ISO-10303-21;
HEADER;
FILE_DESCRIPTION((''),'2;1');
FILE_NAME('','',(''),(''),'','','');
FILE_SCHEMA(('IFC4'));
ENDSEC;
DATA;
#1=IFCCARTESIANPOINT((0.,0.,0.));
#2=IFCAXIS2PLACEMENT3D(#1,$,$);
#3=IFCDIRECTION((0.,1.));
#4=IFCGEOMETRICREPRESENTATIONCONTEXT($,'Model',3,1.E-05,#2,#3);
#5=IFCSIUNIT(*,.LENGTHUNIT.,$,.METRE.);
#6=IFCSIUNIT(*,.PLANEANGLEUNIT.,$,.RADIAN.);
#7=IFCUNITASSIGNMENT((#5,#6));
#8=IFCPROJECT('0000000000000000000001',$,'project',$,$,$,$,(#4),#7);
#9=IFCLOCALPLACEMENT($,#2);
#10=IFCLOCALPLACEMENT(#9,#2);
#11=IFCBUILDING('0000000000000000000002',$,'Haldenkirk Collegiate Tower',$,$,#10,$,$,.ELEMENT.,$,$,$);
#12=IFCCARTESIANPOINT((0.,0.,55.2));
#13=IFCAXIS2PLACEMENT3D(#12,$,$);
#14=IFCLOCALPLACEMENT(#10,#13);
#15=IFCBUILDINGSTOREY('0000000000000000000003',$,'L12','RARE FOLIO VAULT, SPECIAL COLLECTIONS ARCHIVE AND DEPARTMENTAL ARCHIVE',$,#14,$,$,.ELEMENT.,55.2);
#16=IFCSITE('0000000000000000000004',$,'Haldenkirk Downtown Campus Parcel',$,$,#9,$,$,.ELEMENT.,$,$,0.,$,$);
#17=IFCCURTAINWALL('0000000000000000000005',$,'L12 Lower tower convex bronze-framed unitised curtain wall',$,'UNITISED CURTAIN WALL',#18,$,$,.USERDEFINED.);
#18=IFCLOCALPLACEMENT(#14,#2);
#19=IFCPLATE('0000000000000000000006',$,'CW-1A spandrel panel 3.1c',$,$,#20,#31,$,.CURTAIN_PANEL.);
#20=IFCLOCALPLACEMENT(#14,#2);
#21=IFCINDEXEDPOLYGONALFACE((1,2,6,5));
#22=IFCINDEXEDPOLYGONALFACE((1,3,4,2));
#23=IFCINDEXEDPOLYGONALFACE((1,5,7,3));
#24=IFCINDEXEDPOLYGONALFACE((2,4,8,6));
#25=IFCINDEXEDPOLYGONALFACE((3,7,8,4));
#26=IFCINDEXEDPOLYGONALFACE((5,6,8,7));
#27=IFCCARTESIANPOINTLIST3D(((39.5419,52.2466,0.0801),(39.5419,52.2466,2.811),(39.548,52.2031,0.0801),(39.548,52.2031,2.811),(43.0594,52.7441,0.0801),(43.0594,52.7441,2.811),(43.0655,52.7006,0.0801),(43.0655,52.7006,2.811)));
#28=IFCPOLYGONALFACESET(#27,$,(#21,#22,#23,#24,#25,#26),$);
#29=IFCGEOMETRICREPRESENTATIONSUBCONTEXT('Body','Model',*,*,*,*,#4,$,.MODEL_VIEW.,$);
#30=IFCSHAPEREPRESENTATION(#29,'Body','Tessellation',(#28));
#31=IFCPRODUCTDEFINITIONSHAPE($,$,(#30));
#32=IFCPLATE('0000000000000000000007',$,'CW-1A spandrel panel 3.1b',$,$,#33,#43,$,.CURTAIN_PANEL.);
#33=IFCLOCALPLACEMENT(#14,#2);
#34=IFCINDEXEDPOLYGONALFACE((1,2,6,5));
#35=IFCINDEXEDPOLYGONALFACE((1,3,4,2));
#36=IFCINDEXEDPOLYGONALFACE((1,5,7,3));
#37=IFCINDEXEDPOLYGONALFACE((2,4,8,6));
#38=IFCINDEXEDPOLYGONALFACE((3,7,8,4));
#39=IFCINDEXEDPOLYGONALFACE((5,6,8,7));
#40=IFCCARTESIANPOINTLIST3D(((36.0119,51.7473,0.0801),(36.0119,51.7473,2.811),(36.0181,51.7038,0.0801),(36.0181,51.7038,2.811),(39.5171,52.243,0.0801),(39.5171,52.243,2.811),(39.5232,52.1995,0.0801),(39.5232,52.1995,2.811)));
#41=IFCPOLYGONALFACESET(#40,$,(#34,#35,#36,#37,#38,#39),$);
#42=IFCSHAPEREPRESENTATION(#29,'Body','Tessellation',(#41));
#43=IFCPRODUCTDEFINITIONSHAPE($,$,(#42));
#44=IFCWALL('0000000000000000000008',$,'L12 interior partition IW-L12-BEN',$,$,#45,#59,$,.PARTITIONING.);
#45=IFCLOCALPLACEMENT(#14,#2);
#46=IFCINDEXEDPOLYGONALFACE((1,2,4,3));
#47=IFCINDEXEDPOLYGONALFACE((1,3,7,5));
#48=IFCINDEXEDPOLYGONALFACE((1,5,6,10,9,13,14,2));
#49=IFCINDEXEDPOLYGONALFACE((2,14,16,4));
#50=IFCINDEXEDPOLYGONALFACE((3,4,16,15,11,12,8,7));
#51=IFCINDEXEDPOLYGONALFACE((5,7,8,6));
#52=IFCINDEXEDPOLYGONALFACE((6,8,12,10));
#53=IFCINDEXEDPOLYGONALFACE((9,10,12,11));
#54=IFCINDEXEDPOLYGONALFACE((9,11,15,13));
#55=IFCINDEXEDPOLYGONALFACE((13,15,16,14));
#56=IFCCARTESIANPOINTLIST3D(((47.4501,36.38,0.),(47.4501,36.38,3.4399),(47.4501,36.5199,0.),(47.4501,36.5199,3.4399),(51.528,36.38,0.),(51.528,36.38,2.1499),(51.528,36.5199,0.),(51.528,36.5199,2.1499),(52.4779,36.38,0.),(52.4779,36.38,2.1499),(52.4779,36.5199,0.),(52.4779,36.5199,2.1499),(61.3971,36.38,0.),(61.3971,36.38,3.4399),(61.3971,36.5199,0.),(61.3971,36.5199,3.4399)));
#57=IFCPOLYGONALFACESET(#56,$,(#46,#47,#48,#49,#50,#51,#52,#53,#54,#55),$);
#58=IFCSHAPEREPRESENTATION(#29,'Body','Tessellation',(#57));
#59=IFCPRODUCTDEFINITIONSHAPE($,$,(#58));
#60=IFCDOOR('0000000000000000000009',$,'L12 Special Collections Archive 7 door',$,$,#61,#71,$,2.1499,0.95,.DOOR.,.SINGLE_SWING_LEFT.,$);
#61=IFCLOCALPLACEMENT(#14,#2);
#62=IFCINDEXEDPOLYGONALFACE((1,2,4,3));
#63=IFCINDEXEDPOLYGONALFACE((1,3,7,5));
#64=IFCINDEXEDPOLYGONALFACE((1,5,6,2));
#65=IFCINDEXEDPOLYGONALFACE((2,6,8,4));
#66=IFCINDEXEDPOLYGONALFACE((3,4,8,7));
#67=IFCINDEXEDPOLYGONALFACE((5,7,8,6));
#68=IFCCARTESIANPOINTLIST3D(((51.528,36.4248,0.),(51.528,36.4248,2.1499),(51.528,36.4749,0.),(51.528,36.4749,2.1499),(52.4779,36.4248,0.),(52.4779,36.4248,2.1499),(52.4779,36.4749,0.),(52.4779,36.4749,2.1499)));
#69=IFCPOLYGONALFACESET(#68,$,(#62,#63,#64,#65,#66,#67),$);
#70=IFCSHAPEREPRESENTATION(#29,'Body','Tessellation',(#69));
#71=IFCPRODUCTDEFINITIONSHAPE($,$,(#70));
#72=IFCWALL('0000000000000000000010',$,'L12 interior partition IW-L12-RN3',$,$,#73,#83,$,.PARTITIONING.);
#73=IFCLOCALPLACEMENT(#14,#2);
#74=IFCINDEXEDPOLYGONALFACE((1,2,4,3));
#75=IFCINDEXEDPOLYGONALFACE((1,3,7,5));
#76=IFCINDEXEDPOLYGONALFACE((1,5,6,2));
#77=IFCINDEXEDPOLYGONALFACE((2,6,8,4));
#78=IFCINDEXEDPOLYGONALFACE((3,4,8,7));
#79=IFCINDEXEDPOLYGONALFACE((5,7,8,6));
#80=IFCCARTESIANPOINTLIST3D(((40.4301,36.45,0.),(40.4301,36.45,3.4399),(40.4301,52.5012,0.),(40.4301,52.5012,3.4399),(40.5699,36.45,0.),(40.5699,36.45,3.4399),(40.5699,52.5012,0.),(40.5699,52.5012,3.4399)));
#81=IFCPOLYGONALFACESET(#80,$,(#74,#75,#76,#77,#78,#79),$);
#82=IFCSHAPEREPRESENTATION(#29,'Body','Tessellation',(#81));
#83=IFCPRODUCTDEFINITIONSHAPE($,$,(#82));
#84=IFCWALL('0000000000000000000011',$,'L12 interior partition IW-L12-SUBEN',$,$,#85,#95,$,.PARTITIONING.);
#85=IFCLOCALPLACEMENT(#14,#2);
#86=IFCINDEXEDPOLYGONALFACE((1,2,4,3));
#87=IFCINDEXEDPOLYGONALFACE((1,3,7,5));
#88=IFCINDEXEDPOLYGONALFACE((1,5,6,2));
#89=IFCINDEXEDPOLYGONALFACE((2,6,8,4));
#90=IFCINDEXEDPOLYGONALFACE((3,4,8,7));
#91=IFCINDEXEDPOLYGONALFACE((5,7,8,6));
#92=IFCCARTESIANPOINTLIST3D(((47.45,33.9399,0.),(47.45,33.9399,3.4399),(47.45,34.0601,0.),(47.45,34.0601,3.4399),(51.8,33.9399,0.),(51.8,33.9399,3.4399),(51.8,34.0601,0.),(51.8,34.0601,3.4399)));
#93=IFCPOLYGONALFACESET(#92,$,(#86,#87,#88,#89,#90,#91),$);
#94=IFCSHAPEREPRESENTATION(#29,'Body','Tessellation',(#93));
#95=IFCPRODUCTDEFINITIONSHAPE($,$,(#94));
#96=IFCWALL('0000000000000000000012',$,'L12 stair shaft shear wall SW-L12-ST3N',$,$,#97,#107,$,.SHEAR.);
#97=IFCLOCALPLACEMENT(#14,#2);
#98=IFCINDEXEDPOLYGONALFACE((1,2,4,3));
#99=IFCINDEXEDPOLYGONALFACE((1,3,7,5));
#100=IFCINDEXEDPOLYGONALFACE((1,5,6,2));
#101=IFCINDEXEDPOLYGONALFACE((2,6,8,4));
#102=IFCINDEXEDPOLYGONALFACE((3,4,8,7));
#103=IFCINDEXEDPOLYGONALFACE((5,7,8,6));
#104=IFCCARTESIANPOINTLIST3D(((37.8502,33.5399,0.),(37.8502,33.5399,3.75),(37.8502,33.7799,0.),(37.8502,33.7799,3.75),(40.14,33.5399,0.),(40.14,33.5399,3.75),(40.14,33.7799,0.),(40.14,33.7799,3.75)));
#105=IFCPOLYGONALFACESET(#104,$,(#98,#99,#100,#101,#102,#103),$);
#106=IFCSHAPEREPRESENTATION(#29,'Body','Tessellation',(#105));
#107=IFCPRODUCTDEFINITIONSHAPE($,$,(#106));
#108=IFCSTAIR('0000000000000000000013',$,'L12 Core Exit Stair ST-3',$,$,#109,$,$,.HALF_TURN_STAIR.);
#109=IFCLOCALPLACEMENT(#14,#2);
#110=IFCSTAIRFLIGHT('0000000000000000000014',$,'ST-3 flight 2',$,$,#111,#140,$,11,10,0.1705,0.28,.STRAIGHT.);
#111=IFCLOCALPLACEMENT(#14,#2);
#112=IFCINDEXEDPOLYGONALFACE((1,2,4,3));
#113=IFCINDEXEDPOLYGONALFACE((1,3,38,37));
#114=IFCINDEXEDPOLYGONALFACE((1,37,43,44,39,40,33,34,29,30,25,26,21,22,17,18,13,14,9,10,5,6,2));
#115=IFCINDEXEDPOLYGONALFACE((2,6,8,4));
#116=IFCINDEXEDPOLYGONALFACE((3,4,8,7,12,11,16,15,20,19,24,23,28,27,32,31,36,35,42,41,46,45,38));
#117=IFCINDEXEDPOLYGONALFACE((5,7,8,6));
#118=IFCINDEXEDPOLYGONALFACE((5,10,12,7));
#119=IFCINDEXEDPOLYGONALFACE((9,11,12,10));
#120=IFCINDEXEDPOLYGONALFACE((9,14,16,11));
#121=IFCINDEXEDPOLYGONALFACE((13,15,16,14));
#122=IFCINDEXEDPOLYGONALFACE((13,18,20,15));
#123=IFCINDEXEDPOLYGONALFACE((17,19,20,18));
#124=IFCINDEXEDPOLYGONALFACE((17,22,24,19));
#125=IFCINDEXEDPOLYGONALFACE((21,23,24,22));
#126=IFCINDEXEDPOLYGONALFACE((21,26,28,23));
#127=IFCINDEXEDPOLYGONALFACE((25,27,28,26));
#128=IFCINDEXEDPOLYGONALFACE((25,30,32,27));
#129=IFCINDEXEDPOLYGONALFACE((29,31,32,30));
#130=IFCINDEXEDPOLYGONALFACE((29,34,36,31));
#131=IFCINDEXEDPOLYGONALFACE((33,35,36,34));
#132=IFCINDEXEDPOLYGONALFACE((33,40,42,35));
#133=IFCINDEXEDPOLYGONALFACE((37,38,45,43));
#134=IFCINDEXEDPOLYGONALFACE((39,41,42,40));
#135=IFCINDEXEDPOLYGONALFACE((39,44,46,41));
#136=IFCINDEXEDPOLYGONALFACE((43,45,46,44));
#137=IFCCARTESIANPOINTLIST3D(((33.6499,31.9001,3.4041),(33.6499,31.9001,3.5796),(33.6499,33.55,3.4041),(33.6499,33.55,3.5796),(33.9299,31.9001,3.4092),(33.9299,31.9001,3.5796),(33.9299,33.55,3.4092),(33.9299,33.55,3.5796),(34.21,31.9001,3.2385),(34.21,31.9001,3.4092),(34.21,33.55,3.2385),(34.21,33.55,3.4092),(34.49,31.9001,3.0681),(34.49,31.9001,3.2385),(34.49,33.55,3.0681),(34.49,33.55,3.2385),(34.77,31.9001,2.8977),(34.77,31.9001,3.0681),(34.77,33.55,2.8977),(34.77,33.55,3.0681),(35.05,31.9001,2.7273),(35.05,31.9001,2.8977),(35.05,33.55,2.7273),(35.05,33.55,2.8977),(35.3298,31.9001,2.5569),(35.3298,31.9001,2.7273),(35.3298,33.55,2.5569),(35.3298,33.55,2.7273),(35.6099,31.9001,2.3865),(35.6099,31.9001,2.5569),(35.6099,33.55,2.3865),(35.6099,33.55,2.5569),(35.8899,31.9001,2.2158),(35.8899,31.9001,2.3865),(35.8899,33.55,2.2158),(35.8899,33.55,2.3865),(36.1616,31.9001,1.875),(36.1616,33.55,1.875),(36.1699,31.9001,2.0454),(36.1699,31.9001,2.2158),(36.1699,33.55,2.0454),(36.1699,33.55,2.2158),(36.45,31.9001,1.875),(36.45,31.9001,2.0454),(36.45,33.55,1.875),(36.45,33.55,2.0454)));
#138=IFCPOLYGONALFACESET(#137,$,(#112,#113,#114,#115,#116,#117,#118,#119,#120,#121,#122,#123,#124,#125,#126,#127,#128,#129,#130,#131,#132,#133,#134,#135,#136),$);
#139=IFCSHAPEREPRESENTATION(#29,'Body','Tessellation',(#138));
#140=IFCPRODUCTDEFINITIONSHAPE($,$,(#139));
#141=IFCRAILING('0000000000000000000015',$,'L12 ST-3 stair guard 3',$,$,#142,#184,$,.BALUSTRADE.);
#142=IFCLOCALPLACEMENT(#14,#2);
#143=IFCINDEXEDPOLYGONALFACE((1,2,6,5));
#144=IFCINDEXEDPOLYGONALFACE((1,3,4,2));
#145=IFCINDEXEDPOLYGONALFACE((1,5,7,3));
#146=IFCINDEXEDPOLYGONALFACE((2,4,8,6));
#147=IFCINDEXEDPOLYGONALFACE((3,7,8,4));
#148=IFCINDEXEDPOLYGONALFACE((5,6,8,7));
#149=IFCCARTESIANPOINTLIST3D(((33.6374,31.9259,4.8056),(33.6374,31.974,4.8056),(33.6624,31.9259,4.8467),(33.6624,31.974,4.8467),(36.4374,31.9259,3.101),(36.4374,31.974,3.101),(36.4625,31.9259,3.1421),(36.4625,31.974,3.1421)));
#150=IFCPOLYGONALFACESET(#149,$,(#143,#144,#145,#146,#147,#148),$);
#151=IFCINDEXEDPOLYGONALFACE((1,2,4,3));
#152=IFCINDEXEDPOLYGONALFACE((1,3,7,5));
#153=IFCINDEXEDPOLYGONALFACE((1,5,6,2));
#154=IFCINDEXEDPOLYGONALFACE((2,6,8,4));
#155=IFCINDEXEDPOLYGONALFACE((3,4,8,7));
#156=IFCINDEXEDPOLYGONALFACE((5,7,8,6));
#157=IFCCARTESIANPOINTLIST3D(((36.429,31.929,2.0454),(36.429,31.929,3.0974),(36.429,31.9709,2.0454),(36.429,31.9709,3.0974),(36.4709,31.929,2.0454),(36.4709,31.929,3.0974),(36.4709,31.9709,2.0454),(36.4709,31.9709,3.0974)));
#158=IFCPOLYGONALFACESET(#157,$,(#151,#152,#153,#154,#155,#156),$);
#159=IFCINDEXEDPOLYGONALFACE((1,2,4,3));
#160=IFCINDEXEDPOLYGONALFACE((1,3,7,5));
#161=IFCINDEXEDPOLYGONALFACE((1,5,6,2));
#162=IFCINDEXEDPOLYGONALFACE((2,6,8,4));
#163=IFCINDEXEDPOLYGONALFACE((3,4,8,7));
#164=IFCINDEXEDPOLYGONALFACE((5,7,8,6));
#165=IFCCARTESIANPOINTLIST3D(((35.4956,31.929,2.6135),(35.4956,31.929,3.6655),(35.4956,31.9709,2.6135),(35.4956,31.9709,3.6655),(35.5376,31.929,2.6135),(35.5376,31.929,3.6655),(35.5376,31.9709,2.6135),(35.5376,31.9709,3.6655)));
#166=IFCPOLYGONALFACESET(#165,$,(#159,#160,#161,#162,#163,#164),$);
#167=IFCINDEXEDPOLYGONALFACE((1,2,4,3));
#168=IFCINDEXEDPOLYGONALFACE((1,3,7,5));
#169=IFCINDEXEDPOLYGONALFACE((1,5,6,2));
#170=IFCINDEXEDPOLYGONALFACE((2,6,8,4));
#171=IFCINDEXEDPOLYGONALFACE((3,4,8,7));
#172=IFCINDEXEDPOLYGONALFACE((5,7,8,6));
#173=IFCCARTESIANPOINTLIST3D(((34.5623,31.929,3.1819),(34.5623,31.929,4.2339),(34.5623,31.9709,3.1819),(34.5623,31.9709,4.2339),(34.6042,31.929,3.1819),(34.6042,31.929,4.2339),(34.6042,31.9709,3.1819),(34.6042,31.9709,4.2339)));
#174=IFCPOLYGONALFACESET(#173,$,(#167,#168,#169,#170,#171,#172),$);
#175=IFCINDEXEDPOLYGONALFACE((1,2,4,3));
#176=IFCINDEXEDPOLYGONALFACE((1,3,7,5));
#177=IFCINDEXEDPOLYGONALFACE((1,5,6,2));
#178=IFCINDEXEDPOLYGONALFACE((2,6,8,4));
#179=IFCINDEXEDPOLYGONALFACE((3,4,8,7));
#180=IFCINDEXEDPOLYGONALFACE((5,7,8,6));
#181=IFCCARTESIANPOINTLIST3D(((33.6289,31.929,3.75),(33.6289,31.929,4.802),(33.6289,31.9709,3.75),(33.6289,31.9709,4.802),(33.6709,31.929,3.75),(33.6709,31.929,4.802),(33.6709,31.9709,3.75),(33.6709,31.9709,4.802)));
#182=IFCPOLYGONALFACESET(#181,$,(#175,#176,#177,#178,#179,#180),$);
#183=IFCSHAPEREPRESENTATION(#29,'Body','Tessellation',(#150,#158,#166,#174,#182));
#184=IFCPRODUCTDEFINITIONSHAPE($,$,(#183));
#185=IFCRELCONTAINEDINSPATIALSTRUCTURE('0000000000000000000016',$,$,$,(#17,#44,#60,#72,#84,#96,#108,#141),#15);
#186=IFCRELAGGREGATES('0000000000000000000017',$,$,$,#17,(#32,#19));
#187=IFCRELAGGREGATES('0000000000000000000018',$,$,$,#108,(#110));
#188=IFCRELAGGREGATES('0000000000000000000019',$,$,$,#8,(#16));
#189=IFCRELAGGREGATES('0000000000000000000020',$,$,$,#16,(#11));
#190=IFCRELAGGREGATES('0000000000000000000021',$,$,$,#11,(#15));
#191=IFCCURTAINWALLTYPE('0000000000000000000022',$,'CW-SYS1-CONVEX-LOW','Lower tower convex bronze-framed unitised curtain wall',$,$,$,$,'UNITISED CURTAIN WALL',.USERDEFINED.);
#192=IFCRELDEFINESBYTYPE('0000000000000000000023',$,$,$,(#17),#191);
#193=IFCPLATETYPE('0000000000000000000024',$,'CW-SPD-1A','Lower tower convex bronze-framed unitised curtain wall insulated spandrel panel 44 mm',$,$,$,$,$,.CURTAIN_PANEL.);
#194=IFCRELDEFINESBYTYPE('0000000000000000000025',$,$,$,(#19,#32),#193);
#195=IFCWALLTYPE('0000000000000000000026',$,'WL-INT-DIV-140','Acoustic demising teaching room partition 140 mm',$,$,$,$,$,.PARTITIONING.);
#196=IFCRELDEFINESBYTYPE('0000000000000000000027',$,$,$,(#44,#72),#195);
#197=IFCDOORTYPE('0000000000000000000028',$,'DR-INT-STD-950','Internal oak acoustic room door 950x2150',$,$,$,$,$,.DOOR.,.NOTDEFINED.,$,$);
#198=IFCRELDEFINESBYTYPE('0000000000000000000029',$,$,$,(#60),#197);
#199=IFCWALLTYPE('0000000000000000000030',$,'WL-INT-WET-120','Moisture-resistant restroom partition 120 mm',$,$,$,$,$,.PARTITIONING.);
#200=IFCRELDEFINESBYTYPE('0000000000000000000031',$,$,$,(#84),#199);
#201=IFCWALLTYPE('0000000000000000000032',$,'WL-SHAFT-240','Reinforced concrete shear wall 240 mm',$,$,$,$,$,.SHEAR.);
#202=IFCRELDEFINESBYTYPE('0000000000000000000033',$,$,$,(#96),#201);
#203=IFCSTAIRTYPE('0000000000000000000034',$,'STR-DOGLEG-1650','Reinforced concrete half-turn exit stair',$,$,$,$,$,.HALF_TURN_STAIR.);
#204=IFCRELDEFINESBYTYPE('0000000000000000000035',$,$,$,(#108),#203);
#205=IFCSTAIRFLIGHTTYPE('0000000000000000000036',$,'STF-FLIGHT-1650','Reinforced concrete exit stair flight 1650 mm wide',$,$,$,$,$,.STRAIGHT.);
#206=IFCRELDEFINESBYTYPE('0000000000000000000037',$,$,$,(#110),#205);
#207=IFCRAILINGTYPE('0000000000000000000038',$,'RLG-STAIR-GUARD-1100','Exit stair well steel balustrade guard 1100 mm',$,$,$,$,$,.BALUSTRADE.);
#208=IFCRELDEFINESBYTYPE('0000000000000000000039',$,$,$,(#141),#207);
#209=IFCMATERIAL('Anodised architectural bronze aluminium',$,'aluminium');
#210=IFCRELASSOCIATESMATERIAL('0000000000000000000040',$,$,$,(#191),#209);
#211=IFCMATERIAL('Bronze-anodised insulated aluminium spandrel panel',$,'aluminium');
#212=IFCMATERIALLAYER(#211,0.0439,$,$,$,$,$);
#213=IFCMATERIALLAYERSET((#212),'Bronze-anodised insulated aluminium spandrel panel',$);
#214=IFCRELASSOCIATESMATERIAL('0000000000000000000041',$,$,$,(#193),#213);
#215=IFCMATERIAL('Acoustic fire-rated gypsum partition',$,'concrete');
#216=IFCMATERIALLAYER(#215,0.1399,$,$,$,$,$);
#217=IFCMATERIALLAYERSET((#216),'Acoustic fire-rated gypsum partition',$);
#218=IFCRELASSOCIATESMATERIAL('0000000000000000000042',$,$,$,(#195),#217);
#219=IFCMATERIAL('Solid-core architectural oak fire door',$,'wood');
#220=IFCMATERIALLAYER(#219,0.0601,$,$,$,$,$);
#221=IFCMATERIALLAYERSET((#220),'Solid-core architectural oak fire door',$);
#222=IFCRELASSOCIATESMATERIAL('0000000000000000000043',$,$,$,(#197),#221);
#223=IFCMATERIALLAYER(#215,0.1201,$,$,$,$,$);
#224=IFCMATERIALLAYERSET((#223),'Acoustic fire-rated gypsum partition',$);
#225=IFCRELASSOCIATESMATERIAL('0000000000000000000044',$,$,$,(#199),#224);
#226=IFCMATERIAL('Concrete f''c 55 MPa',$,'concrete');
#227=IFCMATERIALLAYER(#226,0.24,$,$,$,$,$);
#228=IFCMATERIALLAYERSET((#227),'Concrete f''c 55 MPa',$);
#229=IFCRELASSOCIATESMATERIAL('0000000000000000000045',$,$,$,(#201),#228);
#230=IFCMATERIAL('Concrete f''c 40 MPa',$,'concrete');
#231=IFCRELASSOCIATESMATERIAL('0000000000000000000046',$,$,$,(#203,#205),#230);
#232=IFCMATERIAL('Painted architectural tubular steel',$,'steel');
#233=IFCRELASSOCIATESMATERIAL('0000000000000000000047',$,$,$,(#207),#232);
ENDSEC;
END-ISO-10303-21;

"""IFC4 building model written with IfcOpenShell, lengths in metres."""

from ifc_helpers import new_model, si_unit, direction, frame, frame_2d, origin, origin_2d, place, context, subcontext, project, spatial, polyline, rectangle, outline, extrude, source, transform, mapped, material, layer, layer_set, type_object, element, fill, aggregate, save


model = new_model("IFC4")

# Units and contexts
model_context = context("Model", 3, precision=1e-05, world=origin(), true_north=direction((0.0, 1.0)))
body_context = subcontext(model_context, "Body", "Model", "MODEL_VIEW")
ifc_project = project(units=[si_unit("LENGTHUNIT", "METRE"), si_unit("PLANEANGLEUNIT", "RADIAN")], contexts=[model_context])

# Site, building, storey
site_placement = place(None, origin())
site = spatial("IfcSite", under=ifc_project, at=site_placement, Name="Haldenkirk Downtown Campus Parcel", CompositionType="ELEMENT", RefElevation=0.0)
building_placement = place(site_placement, origin())
building = spatial("IfcBuilding", under=site, at=building_placement, Name="Haldenkirk Collegiate Tower", CompositionType="ELEMENT")
storey_placement = place(building_placement, frame((0.0, 0.0, 55.2)))
storey = spatial("IfcBuildingStorey", under=building, at=storey_placement, Name="L12", Description="RARE FOLIO VAULT, SPECIAL COLLECTIONS ARCHIVE AND DEPARTMENTAL ARCHIVE", CompositionType="ELEMENT", Elevation=55.2)

# Curtain wall, plates
ifc_material_1 = material(Name="Anodised architectural bronze aluminium", Category="aluminium")
curtain_wall_type = type_object("IfcCurtainWallType", Name="CW-SYS1-CONVEX-LOW", Description="Lower tower convex bronze-framed unitised curtain wall", ElementType="UNITISED CURTAIN WALL", PredefinedType="USERDEFINED", material=ifc_material_1)
curtain_wall_placement = place(storey_placement, origin())
curtain_wall = element("IfcCurtainWall", 1, at=curtain_wall_placement, inside=storey, type_object=curtain_wall_type, Name="L12 Lower tower convex bronze-framed unitised curtain wall", ObjectType="UNITISED CURTAIN WALL", PredefinedType="USERDEFINED")
shared_shape_1 = source(origin(), body_context, "Body", "SweptSolid", [
    extrude(rectangle(XDim=3.5525, YDim=0.0439, at=origin_2d()), origin(), (0.0, 0.0, 1.0), 2.731),
])
ifc_material_2 = material(Name="Bronze-anodised insulated aluminium spandrel panel", Category="aluminium")
ifc_layer_1 = layer(ifc_material_2, 0.0439)
ifc_layer_set_1 = layer_set([ifc_layer_1], Name="Bronze-anodised insulated aluminium spandrel panel")
plate_type_1 = type_object("IfcPlateType", Name="CW-SPD-1A", Description="Lower tower convex bronze-framed unitised curtain wall insulated spandrel panel 44 mm", PredefinedType="CURTAIN_PANEL", material=ifc_layer_set_1)
plate_1_placement = place(storey_placement, frame((41.3037, 52.4736, 0.0801), z_axis=(0.0, 0.0, 1.0), x_axis=(0.990146, 0.140039, 0.0)))
plate_1 = element("IfcPlate", 2, at=plate_1_placement, type_object=plate_type_1, Name="CW-1A spandrel panel 3.1c", PredefinedType="CURTAIN_PANEL", context=body_context, shape_type="MappedRepresentation", body=[
    mapped(shared_shape_1, transform((0.0, 0.0, 0.0), x_axis=(1.0, 0.0, 0.0), y_axis=(0.0, 1.0, 0.0), z_axis=(0.0, 0.0, 1.0), scale=1.0)),
])
shared_shape_2 = source(origin(), body_context, "Body", "SweptSolid", [
    extrude(rectangle(XDim=3.54, YDim=0.0439, at=origin_2d()), origin(), (0.0, 0.0, 1.0), 2.731),
])
plate_2_placement = place(storey_placement, frame((37.7676, 51.9734, 0.0801), z_axis=(0.0, 0.0, 1.0), x_axis=(0.990146, 0.140039, 0.0)))
plate_2 = element("IfcPlate", 3, at=plate_2_placement, type_object=plate_type_1, Name="CW-1A spandrel panel 3.1b", PredefinedType="CURTAIN_PANEL", context=body_context, shape_type="MappedRepresentation", body=[
    mapped(shared_shape_2, transform((0.0, 0.0, 0.0), x_axis=(1.0, 0.0, 0.0), y_axis=(0.0, 1.0, 0.0), z_axis=(0.0, 0.0, 1.0), scale=1.0)),
])
aggregate(curtain_wall, [plate_2, plate_1])

# Wall, opening, door
ifc_material_3 = material(Name="Acoustic fire-rated gypsum partition", Category="concrete")
ifc_layer_2 = layer(ifc_material_3, 0.1399)
ifc_layer_set_2 = layer_set([ifc_layer_2], Name="Acoustic fire-rated gypsum partition")
wall_type_1 = type_object("IfcWallType", Name="WL-INT-DIV-140", Description="Acoustic demising teaching room partition 140 mm", PredefinedType="PARTITIONING", material=ifc_layer_set_2)
wall_1_placement = place(storey_placement, frame((47.45, 36.45, 0.0), z_axis=(0.0, 0.0, 1.0), x_axis=(1.0, 0.0, 0.0)))
wall_1 = element("IfcWall", 4, at=wall_1_placement, inside=storey, type_object=wall_type_1, Name="L12 interior partition IW-L12-BEN", PredefinedType="PARTITIONING", context=body_context, shape_type="SweptSolid", body=[
    extrude(rectangle(XDim=13.947, YDim=0.1399, at=frame_2d((6.9736, 0.0))), origin(), (0.0, 0.0, 1.0), 3.4399),
])
opening_placement = place(wall_1_placement, frame((4.0779, 0.0, 0.0)))
opening = element("IfcOpeningElement", 5, at=opening_placement, cuts=wall_1, PredefinedType="OPENING", context=body_context, shape_type="SweptSolid", body=[
    extrude(rectangle(XDim=0.95, YDim=2.1499, at=frame_2d((0.4751, 1.075))), frame((0.0, 0.0798, 0.0), z_axis=(0.0, -1.0, 0.0), x_axis=(1.0, 0.0, 0.0)), (0.0, 0.0, 1.0), 0.1599),
])
ifc_material_4 = material(Name="Solid-core architectural oak fire door", Category="wood")
ifc_layer_3 = layer(ifc_material_4, 0.0601)
ifc_layer_set_3 = layer_set([ifc_layer_3], Name="Solid-core architectural oak fire door")
door_type = type_object("IfcDoorType", Name="DR-INT-STD-950", Description="Internal oak acoustic room door 950x2150", OperationType="NOTDEFINED", PredefinedType="DOOR", material=ifc_layer_set_3)
door_placement = place(opening_placement, origin())
door = element("IfcDoor", 6, at=door_placement, inside=storey, type_object=door_type, Name="L12 Special Collections Archive 7 door", OperationType="SINGLE_SWING_LEFT", OverallHeight=2.1499, OverallWidth=0.95, PredefinedType="DOOR", context=body_context, shape_type="SweptSolid", body=[
    extrude(rectangle(XDim=0.95, YDim=2.1499, at=frame_2d((0.4751, 1.075))), frame((0.0, 0.0249, 0.0), z_axis=(0.0, -1.0, 0.0), x_axis=(1.0, 0.0, 0.0)), (0.0, 0.0, 1.0), 0.05),
])
fill(opening, door)

# Walls
wall_2_placement = place(storey_placement, frame((40.5, 36.45, 0.0), z_axis=(0.0, 0.0, 1.0), x_axis=(0.0, 1.0, 0.0)))
element("IfcWall", 7, at=wall_2_placement, inside=storey, type_object=wall_type_1, Name="L12 interior partition IW-L12-RN3", PredefinedType="PARTITIONING", context=body_context, shape_type="SweptSolid", body=[
    extrude(rectangle(XDim=16.0513, YDim=0.1399, at=frame_2d((8.0256, 0.0))), origin(), (0.0, 0.0, 1.0), 3.4399),
])
ifc_layer_4 = layer(ifc_material_3, 0.1201)
ifc_layer_set_4 = layer_set([ifc_layer_4], Name="Acoustic fire-rated gypsum partition")
wall_type_2 = type_object("IfcWallType", Name="WL-INT-WET-120", Description="Moisture-resistant restroom partition 120 mm", PredefinedType="PARTITIONING", material=ifc_layer_set_4)
wall_3_placement = place(storey_placement, frame((47.45, 34.0, 0.0), z_axis=(0.0, 0.0, 1.0), x_axis=(1.0, 0.0, 0.0)))
element("IfcWall", 8, at=wall_3_placement, inside=storey, type_object=wall_type_2, Name="L12 interior partition IW-L12-SUBEN", PredefinedType="PARTITIONING", context=body_context, shape_type="SweptSolid", body=[
    extrude(rectangle(XDim=4.3501, YDim=0.1201, at=frame_2d((2.175, 0.0))), origin(), (0.0, 0.0, 1.0), 3.4399),
])
ifc_material_5 = material(Name="Concrete f'c 55 MPa", Category="concrete")
ifc_layer_5 = layer(ifc_material_5, 0.24)
ifc_layer_set_5 = layer_set([ifc_layer_5], Name="Concrete f'c 55 MPa")
wall_type_3 = type_object("IfcWallType", Name="WL-SHAFT-240", Description="Reinforced concrete shear wall 240 mm", PredefinedType="SHEAR", material=ifc_layer_set_5)
wall_4_placement = place(storey_placement, frame((37.8501, 33.6599, 0.0), z_axis=(0.0, 0.0, 1.0), x_axis=(1.0, 0.0, 0.0)))
element("IfcWall", 9, at=wall_4_placement, inside=storey, type_object=wall_type_3, Name="L12 stair shaft shear wall SW-L12-ST3N", PredefinedType="SHEAR", context=body_context, shape_type="SweptSolid", body=[
    extrude(rectangle(XDim=2.2898, YDim=0.24, at=frame_2d((1.145, 0.0))), origin(), (0.0, 0.0, 1.0), 3.75),
])

# Stair, stair flight
ifc_material_6 = material(Name="Concrete f'c 40 MPa", Category="concrete")
stair_type = type_object("IfcStairType", Name="STR-DOGLEG-1650", Description="Reinforced concrete half-turn exit stair", PredefinedType="HALF_TURN_STAIR", material=ifc_material_6)
stair_placement = place(storey_placement, origin())
stair = element("IfcStair", 10, at=stair_placement, inside=storey, type_object=stair_type, Name="L12 Core Exit Stair ST-3", PredefinedType="HALF_TURN_STAIR")
stair_flight_type = type_object("IfcStairFlightType", Name="STF-FLIGHT-1650", Description="Reinforced concrete exit stair flight 1650 mm wide", PredefinedType="STRAIGHT", material=ifc_material_6)
stair_flight_placement = place(storey_placement, frame((36.45, 32.7251, 1.875), z_axis=(0.0, 0.0, 1.0), x_axis=(-1.0, 0.0, 0.0)))
stair_flight = element("IfcStairFlight", 11, at=stair_flight_placement, type_object=stair_flight_type, Name="ST-3 flight 2", NumberOfRisers=11, NumberOfTreads=10, PredefinedType="STRAIGHT", RiserHeight=0.1705, TreadLength=0.28, context=body_context, shape_type="SweptSolid", body=[
    extrude(outline(polyline([(0.0, 0.0), (0.0, 0.1704), (0.28, 0.1704), (0.28, 0.3408), (0.5601, 0.3408), (0.5601, 0.5115), (0.8401, 0.5115), (0.8401, 0.6819), (1.1201, 0.6819), (1.1201, 0.8523), (1.3999, 0.8523), (1.3999, 1.0227), (1.6799, 1.0227), (1.6799, 1.1931), (1.96, 1.1931), (1.96, 1.3635), (2.24, 1.3635), (2.24, 1.5342), (2.52, 1.5342), (2.52, 1.7046), (2.8, 1.7046), (2.8, 1.875), (2.8, 1.5291), (0.2883, 0.0), (0.0, 0.0)])), frame((0.0, 0.825, 0.0), z_axis=(0.0, -1.0, 0.0), x_axis=(1.0, 0.0, 0.0)), (0.0, 0.0, 1.0), 1.6499),
])
aggregate(stair, [stair_flight])

# Railing
ifc_material_7 = material(Name="Painted architectural tubular steel", Category="steel")
railing_type_1 = type_object("IfcRailingType", Name="RLG-STAIR-GUARD-1100", Description="Exit stair well steel balustrade guard 1100 mm", PredefinedType="BALUSTRADE", material=ifc_material_7)
railing_1_placement = place(storey_placement, frame((36.45, 31.95, 2.0454)))
element("IfcRailing", 12, at=railing_1_placement, inside=storey, type_object=railing_type_1, Name="L12 ST-3 stair guard 3", PredefinedType="BALUSTRADE", context=body_context, shape_type="SweptSolid", body=[
    extrude(rectangle(XDim=0.0481, YDim=0.0481, at=origin_2d()), frame((0.0, 0.0, 1.0762), z_axis=(-0.85417, 0.0, 0.519994), x_axis=(0.0, -1.0, 0.0)), (0.0, 0.0, 1.0), 3.2781),
    extrude(rectangle(XDim=0.042, YDim=0.042, at=origin_2d()), origin(), (0.0, 0.0, 1.0), 1.052),
    extrude(rectangle(XDim=0.042, YDim=0.042, at=origin_2d()), frame((-0.9333, 0.0, 0.5681)), (0.0, 0.0, 1.0), 1.052),
    extrude(rectangle(XDim=0.042, YDim=0.042, at=origin_2d()), frame((-1.8667, 0.0, 1.1365)), (0.0, 0.0, 1.0), 1.052),
    extrude(rectangle(XDim=0.042, YDim=0.042, at=origin_2d()), frame((-2.8, 0.0, 1.7046)), (0.0, 0.0, 1.0), 1.052),
])

save(model, "model.ifc")
